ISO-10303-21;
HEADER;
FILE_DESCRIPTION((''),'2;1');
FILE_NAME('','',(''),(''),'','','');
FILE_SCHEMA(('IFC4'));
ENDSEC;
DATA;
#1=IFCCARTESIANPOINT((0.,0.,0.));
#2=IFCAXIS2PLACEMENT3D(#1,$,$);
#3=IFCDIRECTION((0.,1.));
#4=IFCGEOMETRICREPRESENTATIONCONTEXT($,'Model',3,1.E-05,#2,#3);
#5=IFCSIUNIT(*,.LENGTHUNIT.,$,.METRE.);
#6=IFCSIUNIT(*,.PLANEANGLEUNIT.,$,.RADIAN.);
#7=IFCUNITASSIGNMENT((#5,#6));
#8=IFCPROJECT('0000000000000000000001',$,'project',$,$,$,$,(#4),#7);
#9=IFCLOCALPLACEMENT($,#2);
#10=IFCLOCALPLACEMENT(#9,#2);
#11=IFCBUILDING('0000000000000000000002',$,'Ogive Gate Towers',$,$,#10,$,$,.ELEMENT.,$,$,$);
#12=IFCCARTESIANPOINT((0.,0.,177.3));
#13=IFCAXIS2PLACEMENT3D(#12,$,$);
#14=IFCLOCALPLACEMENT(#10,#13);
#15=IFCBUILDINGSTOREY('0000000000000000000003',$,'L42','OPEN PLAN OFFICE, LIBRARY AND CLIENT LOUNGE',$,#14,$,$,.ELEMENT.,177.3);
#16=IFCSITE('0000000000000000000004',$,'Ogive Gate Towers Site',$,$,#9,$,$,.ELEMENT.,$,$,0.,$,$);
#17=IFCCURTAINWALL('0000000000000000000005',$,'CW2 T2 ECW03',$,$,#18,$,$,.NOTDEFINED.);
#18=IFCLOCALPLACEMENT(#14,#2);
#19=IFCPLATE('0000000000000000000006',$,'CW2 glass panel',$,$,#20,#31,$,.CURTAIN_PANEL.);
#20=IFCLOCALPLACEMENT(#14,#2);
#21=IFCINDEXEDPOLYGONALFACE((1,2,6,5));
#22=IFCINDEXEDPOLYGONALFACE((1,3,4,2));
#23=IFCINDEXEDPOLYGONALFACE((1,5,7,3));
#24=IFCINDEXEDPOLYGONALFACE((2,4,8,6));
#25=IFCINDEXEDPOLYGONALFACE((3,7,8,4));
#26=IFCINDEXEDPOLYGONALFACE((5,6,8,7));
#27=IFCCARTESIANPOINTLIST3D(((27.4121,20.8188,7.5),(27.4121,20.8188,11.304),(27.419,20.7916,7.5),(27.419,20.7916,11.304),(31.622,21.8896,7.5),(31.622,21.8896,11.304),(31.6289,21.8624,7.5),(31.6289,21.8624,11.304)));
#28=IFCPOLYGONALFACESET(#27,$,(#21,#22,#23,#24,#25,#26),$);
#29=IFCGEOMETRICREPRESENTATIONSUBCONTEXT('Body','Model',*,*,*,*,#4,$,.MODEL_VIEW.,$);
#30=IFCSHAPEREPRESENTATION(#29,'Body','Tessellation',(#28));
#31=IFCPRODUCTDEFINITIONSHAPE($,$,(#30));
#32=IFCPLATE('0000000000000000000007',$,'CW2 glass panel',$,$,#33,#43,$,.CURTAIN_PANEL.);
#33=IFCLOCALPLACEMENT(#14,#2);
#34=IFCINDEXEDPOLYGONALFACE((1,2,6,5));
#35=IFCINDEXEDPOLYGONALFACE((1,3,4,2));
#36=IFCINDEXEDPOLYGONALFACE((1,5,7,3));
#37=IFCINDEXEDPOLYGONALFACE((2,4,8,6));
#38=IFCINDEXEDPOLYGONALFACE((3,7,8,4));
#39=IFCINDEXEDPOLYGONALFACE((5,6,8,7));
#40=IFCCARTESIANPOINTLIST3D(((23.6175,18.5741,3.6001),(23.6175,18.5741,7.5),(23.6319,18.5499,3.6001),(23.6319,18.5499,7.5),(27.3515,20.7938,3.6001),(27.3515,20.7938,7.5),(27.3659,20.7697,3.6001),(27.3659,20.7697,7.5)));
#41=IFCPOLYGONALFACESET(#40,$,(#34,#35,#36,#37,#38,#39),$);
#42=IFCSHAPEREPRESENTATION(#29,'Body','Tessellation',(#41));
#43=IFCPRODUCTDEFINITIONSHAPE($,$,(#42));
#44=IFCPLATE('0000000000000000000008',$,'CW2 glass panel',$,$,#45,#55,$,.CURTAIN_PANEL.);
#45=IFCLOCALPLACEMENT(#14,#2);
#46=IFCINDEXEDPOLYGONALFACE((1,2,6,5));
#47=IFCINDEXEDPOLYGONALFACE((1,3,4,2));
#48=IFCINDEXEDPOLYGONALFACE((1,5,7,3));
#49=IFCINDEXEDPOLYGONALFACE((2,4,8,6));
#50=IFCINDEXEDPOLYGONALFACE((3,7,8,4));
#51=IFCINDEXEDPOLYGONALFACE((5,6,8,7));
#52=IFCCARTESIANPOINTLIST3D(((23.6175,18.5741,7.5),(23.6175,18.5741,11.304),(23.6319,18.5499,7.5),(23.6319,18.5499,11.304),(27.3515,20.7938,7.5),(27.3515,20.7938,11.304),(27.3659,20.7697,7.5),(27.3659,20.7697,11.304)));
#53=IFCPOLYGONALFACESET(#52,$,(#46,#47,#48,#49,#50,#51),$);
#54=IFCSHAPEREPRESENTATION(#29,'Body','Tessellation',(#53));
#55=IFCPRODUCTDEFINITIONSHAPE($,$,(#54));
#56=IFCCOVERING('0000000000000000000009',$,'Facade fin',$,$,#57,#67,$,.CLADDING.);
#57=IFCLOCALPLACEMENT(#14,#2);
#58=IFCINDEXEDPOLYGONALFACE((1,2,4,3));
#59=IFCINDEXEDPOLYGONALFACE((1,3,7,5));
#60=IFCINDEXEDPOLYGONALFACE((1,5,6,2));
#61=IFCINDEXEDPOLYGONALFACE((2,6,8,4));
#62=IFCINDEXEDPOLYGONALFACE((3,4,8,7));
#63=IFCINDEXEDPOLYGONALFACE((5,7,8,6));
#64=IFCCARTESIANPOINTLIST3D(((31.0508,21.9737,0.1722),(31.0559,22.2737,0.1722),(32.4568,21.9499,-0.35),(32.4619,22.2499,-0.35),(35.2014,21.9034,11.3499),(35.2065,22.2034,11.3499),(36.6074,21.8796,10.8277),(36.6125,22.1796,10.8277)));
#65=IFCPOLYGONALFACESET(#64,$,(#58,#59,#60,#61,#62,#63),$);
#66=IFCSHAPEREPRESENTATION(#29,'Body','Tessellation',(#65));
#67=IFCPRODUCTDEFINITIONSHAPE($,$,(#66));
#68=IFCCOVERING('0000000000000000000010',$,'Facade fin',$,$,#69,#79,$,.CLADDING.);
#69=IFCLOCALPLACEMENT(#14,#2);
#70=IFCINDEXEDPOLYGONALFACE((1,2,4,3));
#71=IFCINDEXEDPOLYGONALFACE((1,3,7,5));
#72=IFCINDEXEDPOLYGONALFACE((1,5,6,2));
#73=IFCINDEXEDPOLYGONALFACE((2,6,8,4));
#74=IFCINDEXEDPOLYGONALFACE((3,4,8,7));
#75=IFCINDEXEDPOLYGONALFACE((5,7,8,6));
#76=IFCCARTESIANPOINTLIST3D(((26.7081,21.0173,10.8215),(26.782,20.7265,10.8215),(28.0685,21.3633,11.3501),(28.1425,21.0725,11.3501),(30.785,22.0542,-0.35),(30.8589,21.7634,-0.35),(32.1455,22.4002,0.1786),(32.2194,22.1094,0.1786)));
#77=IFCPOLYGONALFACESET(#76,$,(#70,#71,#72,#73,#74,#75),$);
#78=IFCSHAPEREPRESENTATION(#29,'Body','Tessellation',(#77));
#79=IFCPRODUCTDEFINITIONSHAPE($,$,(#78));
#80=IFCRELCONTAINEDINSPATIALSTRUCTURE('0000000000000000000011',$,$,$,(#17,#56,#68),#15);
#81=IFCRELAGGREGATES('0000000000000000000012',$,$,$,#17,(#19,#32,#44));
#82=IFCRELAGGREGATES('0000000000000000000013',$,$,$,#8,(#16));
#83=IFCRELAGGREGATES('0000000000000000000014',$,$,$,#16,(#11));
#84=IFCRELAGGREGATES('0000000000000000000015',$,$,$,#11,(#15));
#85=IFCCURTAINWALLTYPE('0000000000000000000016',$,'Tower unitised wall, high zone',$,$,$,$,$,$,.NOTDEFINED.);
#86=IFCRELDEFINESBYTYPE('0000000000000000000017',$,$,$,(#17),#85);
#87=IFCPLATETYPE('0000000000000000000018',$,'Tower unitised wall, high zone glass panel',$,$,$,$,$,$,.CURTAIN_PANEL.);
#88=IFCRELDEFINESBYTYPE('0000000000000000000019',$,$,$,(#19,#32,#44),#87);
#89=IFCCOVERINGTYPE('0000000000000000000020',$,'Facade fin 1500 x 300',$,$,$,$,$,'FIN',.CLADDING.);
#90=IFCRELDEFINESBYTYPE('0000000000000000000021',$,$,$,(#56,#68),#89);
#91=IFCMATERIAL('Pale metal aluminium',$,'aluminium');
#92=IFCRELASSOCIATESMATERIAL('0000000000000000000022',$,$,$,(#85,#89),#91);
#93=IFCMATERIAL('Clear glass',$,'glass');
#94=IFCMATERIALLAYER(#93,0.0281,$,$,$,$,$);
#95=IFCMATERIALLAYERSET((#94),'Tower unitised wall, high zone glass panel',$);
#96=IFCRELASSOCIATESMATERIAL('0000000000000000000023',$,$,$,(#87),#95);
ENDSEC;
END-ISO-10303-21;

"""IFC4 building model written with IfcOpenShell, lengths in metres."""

from ifc_helpers import new_model, si_unit, direction, frame, origin, origin_2d, place, context, subcontext, project, spatial, rectangle, extrude, material, layer, layer_set, material_profile, profile_set, type_object, element, aggregate, save


model = new_model("IFC4")

# Units and contexts
model_context = context("Model", 3, precision=1e-05, world=origin(), true_north=direction((0.0, 1.0)))
body_context = subcontext(model_context, "Body", "Model", "MODEL_VIEW")
ifc_project = project(units=[si_unit("LENGTHUNIT", "METRE"), si_unit("PLANEANGLEUNIT", "RADIAN")], contexts=[model_context])

# Site, building, storey
site_placement = place(None, origin())
site = spatial("IfcSite", under=ifc_project, at=site_placement, Name="Ogive Gate Towers Site", CompositionType="ELEMENT", RefElevation=0.0)
building_placement = place(site_placement, origin())
building = spatial("IfcBuilding", under=site, at=building_placement, Name="Ogive Gate Towers", CompositionType="ELEMENT")
storey_placement = place(building_placement, frame((0.0, 0.0, 177.3)))
storey = spatial("IfcBuildingStorey", under=building, at=storey_placement, Name="L42", Description="OPEN PLAN OFFICE, LIBRARY AND CLIENT LOUNGE", CompositionType="ELEMENT", Elevation=177.3)

# Shared definitions
ifc_material_1 = material(Name="Pale metal aluminium", Category="aluminium")
curtain_wall_type = type_object("IfcCurtainWallType", Name="Tower unitised wall, high zone", PredefinedType="NOTDEFINED", material=ifc_material_1)

# Curtain wall, plates
curtain_wall_1_placement = place(storey_placement, origin())
curtain_wall_1 = element("IfcCurtainWall", 1, at=curtain_wall_1_placement, inside=storey, type_object=curtain_wall_type, Name="CW2 T2 ECW03", PredefinedType="NOTDEFINED")
ifc_material_2 = material(Name="Clear glass", Category="glass")
ifc_layer = layer(ifc_material_2, 0.0281)
ifc_layer_set = layer_set([ifc_layer], Name="Tower unitised wall, high zone glass panel")
plate_type = type_object("IfcPlateType", Name="Tower unitised wall, high zone glass panel", PredefinedType="CURTAIN_PANEL", material=ifc_layer_set)
plate_1_placement = place(storey_placement, frame((29.5205, 21.3406, 7.5), z_axis=(0.0, 0.0, 1.0), x_axis=(-0.969145, -0.246492, 0.0)))
plate_1 = element("IfcPlate", 2, at=plate_1_placement, type_object=plate_type, Name="CW2 glass panel", PredefinedType="CURTAIN_PANEL", context=body_context, shape_type="SweptSolid", body=[
    extrude(rectangle(XDim=4.344, YDim=0.0281, at=origin_2d()), origin(), (0.0, 0.0, 1.0), 3.804),
])
plate_2_placement = place(storey_placement, frame((25.4917, 19.6719, 3.6001), z_axis=(0.0, 0.0, 1.0), x_axis=(-0.859585, -0.510993, 0.0)))
plate_2 = element("IfcPlate", 3, at=plate_2_placement, type_object=plate_type, Name="CW2 glass panel", PredefinedType="CURTAIN_PANEL", context=body_context, shape_type="SweptSolid", body=[
    extrude(rectangle(XDim=4.344, YDim=0.0281, at=origin_2d()), origin(), (0.0, 0.0, 1.0), 3.8999),
])
plate_3_placement = place(storey_placement, frame((25.4917, 19.6719, 7.5), z_axis=(0.0, 0.0, 1.0), x_axis=(-0.859585, -0.510993, 0.0)))
plate_3 = element("IfcPlate", 4, at=plate_3_placement, type_object=plate_type, Name="CW2 glass panel", PredefinedType="CURTAIN_PANEL", context=body_context, shape_type="SweptSolid", body=[
    extrude(rectangle(XDim=4.344, YDim=0.0281, at=origin_2d()), origin(), (0.0, 0.0, 1.0), 3.804),
])
aggregate(curtain_wall_1, [plate_1, plate_2, plate_3])

# Coverings
ifc_material_profile_1 = material_profile(ifc_material_1, rectangle(XDim=0.3, YDim=1.5, at=origin_2d()), Name="1500 x 300 pale metal aluminium")
ifc_profile_set_1 = profile_set([ifc_material_profile_1], Name="Pale metal aluminium")
covering_type = type_object("IfcCoveringType", Name="Facade fin 1500 x 300", ElementType="FIN", PredefinedType="CLADDING", material=ifc_profile_set_1)
covering_1_placement = place(storey_placement, frame((31.7563, 22.1118, -0.0889), z_axis=(0.3481, -0.005897, 0.937439), x_axis=(0.016938, 0.999857, 0.0)))
element("IfcCovering", 5, at=covering_1_placement, inside=storey, type_object=covering_type, Name="Facade fin", PredefinedType="CLADDING", context=body_context, shape_type="SweptSolid", body=[
    extrude(rectangle(XDim=0.3, YDim=1.5, at=origin_2d()), origin(), (0.0, 0.0, 1.0), 11.9236),
])
covering_2_placement = place(storey_placement, frame((31.5022, 22.0818, -0.0857), z_axis=(-0.34153, -0.08686, 0.935849), x_axis=(0.24648, -0.969148, 0.0)))
element("IfcCovering", 6, at=covering_2_placement, inside=storey, type_object=covering_type, Name="Facade fin", PredefinedType="CLADDING", context=body_context, shape_type="SweptSolid", body=[
    extrude(rectangle(XDim=0.3, YDim=1.5, at=origin_2d()), origin(), (0.0, 0.0, 1.0), 11.9373),
])

save(model, "model.ifc")
